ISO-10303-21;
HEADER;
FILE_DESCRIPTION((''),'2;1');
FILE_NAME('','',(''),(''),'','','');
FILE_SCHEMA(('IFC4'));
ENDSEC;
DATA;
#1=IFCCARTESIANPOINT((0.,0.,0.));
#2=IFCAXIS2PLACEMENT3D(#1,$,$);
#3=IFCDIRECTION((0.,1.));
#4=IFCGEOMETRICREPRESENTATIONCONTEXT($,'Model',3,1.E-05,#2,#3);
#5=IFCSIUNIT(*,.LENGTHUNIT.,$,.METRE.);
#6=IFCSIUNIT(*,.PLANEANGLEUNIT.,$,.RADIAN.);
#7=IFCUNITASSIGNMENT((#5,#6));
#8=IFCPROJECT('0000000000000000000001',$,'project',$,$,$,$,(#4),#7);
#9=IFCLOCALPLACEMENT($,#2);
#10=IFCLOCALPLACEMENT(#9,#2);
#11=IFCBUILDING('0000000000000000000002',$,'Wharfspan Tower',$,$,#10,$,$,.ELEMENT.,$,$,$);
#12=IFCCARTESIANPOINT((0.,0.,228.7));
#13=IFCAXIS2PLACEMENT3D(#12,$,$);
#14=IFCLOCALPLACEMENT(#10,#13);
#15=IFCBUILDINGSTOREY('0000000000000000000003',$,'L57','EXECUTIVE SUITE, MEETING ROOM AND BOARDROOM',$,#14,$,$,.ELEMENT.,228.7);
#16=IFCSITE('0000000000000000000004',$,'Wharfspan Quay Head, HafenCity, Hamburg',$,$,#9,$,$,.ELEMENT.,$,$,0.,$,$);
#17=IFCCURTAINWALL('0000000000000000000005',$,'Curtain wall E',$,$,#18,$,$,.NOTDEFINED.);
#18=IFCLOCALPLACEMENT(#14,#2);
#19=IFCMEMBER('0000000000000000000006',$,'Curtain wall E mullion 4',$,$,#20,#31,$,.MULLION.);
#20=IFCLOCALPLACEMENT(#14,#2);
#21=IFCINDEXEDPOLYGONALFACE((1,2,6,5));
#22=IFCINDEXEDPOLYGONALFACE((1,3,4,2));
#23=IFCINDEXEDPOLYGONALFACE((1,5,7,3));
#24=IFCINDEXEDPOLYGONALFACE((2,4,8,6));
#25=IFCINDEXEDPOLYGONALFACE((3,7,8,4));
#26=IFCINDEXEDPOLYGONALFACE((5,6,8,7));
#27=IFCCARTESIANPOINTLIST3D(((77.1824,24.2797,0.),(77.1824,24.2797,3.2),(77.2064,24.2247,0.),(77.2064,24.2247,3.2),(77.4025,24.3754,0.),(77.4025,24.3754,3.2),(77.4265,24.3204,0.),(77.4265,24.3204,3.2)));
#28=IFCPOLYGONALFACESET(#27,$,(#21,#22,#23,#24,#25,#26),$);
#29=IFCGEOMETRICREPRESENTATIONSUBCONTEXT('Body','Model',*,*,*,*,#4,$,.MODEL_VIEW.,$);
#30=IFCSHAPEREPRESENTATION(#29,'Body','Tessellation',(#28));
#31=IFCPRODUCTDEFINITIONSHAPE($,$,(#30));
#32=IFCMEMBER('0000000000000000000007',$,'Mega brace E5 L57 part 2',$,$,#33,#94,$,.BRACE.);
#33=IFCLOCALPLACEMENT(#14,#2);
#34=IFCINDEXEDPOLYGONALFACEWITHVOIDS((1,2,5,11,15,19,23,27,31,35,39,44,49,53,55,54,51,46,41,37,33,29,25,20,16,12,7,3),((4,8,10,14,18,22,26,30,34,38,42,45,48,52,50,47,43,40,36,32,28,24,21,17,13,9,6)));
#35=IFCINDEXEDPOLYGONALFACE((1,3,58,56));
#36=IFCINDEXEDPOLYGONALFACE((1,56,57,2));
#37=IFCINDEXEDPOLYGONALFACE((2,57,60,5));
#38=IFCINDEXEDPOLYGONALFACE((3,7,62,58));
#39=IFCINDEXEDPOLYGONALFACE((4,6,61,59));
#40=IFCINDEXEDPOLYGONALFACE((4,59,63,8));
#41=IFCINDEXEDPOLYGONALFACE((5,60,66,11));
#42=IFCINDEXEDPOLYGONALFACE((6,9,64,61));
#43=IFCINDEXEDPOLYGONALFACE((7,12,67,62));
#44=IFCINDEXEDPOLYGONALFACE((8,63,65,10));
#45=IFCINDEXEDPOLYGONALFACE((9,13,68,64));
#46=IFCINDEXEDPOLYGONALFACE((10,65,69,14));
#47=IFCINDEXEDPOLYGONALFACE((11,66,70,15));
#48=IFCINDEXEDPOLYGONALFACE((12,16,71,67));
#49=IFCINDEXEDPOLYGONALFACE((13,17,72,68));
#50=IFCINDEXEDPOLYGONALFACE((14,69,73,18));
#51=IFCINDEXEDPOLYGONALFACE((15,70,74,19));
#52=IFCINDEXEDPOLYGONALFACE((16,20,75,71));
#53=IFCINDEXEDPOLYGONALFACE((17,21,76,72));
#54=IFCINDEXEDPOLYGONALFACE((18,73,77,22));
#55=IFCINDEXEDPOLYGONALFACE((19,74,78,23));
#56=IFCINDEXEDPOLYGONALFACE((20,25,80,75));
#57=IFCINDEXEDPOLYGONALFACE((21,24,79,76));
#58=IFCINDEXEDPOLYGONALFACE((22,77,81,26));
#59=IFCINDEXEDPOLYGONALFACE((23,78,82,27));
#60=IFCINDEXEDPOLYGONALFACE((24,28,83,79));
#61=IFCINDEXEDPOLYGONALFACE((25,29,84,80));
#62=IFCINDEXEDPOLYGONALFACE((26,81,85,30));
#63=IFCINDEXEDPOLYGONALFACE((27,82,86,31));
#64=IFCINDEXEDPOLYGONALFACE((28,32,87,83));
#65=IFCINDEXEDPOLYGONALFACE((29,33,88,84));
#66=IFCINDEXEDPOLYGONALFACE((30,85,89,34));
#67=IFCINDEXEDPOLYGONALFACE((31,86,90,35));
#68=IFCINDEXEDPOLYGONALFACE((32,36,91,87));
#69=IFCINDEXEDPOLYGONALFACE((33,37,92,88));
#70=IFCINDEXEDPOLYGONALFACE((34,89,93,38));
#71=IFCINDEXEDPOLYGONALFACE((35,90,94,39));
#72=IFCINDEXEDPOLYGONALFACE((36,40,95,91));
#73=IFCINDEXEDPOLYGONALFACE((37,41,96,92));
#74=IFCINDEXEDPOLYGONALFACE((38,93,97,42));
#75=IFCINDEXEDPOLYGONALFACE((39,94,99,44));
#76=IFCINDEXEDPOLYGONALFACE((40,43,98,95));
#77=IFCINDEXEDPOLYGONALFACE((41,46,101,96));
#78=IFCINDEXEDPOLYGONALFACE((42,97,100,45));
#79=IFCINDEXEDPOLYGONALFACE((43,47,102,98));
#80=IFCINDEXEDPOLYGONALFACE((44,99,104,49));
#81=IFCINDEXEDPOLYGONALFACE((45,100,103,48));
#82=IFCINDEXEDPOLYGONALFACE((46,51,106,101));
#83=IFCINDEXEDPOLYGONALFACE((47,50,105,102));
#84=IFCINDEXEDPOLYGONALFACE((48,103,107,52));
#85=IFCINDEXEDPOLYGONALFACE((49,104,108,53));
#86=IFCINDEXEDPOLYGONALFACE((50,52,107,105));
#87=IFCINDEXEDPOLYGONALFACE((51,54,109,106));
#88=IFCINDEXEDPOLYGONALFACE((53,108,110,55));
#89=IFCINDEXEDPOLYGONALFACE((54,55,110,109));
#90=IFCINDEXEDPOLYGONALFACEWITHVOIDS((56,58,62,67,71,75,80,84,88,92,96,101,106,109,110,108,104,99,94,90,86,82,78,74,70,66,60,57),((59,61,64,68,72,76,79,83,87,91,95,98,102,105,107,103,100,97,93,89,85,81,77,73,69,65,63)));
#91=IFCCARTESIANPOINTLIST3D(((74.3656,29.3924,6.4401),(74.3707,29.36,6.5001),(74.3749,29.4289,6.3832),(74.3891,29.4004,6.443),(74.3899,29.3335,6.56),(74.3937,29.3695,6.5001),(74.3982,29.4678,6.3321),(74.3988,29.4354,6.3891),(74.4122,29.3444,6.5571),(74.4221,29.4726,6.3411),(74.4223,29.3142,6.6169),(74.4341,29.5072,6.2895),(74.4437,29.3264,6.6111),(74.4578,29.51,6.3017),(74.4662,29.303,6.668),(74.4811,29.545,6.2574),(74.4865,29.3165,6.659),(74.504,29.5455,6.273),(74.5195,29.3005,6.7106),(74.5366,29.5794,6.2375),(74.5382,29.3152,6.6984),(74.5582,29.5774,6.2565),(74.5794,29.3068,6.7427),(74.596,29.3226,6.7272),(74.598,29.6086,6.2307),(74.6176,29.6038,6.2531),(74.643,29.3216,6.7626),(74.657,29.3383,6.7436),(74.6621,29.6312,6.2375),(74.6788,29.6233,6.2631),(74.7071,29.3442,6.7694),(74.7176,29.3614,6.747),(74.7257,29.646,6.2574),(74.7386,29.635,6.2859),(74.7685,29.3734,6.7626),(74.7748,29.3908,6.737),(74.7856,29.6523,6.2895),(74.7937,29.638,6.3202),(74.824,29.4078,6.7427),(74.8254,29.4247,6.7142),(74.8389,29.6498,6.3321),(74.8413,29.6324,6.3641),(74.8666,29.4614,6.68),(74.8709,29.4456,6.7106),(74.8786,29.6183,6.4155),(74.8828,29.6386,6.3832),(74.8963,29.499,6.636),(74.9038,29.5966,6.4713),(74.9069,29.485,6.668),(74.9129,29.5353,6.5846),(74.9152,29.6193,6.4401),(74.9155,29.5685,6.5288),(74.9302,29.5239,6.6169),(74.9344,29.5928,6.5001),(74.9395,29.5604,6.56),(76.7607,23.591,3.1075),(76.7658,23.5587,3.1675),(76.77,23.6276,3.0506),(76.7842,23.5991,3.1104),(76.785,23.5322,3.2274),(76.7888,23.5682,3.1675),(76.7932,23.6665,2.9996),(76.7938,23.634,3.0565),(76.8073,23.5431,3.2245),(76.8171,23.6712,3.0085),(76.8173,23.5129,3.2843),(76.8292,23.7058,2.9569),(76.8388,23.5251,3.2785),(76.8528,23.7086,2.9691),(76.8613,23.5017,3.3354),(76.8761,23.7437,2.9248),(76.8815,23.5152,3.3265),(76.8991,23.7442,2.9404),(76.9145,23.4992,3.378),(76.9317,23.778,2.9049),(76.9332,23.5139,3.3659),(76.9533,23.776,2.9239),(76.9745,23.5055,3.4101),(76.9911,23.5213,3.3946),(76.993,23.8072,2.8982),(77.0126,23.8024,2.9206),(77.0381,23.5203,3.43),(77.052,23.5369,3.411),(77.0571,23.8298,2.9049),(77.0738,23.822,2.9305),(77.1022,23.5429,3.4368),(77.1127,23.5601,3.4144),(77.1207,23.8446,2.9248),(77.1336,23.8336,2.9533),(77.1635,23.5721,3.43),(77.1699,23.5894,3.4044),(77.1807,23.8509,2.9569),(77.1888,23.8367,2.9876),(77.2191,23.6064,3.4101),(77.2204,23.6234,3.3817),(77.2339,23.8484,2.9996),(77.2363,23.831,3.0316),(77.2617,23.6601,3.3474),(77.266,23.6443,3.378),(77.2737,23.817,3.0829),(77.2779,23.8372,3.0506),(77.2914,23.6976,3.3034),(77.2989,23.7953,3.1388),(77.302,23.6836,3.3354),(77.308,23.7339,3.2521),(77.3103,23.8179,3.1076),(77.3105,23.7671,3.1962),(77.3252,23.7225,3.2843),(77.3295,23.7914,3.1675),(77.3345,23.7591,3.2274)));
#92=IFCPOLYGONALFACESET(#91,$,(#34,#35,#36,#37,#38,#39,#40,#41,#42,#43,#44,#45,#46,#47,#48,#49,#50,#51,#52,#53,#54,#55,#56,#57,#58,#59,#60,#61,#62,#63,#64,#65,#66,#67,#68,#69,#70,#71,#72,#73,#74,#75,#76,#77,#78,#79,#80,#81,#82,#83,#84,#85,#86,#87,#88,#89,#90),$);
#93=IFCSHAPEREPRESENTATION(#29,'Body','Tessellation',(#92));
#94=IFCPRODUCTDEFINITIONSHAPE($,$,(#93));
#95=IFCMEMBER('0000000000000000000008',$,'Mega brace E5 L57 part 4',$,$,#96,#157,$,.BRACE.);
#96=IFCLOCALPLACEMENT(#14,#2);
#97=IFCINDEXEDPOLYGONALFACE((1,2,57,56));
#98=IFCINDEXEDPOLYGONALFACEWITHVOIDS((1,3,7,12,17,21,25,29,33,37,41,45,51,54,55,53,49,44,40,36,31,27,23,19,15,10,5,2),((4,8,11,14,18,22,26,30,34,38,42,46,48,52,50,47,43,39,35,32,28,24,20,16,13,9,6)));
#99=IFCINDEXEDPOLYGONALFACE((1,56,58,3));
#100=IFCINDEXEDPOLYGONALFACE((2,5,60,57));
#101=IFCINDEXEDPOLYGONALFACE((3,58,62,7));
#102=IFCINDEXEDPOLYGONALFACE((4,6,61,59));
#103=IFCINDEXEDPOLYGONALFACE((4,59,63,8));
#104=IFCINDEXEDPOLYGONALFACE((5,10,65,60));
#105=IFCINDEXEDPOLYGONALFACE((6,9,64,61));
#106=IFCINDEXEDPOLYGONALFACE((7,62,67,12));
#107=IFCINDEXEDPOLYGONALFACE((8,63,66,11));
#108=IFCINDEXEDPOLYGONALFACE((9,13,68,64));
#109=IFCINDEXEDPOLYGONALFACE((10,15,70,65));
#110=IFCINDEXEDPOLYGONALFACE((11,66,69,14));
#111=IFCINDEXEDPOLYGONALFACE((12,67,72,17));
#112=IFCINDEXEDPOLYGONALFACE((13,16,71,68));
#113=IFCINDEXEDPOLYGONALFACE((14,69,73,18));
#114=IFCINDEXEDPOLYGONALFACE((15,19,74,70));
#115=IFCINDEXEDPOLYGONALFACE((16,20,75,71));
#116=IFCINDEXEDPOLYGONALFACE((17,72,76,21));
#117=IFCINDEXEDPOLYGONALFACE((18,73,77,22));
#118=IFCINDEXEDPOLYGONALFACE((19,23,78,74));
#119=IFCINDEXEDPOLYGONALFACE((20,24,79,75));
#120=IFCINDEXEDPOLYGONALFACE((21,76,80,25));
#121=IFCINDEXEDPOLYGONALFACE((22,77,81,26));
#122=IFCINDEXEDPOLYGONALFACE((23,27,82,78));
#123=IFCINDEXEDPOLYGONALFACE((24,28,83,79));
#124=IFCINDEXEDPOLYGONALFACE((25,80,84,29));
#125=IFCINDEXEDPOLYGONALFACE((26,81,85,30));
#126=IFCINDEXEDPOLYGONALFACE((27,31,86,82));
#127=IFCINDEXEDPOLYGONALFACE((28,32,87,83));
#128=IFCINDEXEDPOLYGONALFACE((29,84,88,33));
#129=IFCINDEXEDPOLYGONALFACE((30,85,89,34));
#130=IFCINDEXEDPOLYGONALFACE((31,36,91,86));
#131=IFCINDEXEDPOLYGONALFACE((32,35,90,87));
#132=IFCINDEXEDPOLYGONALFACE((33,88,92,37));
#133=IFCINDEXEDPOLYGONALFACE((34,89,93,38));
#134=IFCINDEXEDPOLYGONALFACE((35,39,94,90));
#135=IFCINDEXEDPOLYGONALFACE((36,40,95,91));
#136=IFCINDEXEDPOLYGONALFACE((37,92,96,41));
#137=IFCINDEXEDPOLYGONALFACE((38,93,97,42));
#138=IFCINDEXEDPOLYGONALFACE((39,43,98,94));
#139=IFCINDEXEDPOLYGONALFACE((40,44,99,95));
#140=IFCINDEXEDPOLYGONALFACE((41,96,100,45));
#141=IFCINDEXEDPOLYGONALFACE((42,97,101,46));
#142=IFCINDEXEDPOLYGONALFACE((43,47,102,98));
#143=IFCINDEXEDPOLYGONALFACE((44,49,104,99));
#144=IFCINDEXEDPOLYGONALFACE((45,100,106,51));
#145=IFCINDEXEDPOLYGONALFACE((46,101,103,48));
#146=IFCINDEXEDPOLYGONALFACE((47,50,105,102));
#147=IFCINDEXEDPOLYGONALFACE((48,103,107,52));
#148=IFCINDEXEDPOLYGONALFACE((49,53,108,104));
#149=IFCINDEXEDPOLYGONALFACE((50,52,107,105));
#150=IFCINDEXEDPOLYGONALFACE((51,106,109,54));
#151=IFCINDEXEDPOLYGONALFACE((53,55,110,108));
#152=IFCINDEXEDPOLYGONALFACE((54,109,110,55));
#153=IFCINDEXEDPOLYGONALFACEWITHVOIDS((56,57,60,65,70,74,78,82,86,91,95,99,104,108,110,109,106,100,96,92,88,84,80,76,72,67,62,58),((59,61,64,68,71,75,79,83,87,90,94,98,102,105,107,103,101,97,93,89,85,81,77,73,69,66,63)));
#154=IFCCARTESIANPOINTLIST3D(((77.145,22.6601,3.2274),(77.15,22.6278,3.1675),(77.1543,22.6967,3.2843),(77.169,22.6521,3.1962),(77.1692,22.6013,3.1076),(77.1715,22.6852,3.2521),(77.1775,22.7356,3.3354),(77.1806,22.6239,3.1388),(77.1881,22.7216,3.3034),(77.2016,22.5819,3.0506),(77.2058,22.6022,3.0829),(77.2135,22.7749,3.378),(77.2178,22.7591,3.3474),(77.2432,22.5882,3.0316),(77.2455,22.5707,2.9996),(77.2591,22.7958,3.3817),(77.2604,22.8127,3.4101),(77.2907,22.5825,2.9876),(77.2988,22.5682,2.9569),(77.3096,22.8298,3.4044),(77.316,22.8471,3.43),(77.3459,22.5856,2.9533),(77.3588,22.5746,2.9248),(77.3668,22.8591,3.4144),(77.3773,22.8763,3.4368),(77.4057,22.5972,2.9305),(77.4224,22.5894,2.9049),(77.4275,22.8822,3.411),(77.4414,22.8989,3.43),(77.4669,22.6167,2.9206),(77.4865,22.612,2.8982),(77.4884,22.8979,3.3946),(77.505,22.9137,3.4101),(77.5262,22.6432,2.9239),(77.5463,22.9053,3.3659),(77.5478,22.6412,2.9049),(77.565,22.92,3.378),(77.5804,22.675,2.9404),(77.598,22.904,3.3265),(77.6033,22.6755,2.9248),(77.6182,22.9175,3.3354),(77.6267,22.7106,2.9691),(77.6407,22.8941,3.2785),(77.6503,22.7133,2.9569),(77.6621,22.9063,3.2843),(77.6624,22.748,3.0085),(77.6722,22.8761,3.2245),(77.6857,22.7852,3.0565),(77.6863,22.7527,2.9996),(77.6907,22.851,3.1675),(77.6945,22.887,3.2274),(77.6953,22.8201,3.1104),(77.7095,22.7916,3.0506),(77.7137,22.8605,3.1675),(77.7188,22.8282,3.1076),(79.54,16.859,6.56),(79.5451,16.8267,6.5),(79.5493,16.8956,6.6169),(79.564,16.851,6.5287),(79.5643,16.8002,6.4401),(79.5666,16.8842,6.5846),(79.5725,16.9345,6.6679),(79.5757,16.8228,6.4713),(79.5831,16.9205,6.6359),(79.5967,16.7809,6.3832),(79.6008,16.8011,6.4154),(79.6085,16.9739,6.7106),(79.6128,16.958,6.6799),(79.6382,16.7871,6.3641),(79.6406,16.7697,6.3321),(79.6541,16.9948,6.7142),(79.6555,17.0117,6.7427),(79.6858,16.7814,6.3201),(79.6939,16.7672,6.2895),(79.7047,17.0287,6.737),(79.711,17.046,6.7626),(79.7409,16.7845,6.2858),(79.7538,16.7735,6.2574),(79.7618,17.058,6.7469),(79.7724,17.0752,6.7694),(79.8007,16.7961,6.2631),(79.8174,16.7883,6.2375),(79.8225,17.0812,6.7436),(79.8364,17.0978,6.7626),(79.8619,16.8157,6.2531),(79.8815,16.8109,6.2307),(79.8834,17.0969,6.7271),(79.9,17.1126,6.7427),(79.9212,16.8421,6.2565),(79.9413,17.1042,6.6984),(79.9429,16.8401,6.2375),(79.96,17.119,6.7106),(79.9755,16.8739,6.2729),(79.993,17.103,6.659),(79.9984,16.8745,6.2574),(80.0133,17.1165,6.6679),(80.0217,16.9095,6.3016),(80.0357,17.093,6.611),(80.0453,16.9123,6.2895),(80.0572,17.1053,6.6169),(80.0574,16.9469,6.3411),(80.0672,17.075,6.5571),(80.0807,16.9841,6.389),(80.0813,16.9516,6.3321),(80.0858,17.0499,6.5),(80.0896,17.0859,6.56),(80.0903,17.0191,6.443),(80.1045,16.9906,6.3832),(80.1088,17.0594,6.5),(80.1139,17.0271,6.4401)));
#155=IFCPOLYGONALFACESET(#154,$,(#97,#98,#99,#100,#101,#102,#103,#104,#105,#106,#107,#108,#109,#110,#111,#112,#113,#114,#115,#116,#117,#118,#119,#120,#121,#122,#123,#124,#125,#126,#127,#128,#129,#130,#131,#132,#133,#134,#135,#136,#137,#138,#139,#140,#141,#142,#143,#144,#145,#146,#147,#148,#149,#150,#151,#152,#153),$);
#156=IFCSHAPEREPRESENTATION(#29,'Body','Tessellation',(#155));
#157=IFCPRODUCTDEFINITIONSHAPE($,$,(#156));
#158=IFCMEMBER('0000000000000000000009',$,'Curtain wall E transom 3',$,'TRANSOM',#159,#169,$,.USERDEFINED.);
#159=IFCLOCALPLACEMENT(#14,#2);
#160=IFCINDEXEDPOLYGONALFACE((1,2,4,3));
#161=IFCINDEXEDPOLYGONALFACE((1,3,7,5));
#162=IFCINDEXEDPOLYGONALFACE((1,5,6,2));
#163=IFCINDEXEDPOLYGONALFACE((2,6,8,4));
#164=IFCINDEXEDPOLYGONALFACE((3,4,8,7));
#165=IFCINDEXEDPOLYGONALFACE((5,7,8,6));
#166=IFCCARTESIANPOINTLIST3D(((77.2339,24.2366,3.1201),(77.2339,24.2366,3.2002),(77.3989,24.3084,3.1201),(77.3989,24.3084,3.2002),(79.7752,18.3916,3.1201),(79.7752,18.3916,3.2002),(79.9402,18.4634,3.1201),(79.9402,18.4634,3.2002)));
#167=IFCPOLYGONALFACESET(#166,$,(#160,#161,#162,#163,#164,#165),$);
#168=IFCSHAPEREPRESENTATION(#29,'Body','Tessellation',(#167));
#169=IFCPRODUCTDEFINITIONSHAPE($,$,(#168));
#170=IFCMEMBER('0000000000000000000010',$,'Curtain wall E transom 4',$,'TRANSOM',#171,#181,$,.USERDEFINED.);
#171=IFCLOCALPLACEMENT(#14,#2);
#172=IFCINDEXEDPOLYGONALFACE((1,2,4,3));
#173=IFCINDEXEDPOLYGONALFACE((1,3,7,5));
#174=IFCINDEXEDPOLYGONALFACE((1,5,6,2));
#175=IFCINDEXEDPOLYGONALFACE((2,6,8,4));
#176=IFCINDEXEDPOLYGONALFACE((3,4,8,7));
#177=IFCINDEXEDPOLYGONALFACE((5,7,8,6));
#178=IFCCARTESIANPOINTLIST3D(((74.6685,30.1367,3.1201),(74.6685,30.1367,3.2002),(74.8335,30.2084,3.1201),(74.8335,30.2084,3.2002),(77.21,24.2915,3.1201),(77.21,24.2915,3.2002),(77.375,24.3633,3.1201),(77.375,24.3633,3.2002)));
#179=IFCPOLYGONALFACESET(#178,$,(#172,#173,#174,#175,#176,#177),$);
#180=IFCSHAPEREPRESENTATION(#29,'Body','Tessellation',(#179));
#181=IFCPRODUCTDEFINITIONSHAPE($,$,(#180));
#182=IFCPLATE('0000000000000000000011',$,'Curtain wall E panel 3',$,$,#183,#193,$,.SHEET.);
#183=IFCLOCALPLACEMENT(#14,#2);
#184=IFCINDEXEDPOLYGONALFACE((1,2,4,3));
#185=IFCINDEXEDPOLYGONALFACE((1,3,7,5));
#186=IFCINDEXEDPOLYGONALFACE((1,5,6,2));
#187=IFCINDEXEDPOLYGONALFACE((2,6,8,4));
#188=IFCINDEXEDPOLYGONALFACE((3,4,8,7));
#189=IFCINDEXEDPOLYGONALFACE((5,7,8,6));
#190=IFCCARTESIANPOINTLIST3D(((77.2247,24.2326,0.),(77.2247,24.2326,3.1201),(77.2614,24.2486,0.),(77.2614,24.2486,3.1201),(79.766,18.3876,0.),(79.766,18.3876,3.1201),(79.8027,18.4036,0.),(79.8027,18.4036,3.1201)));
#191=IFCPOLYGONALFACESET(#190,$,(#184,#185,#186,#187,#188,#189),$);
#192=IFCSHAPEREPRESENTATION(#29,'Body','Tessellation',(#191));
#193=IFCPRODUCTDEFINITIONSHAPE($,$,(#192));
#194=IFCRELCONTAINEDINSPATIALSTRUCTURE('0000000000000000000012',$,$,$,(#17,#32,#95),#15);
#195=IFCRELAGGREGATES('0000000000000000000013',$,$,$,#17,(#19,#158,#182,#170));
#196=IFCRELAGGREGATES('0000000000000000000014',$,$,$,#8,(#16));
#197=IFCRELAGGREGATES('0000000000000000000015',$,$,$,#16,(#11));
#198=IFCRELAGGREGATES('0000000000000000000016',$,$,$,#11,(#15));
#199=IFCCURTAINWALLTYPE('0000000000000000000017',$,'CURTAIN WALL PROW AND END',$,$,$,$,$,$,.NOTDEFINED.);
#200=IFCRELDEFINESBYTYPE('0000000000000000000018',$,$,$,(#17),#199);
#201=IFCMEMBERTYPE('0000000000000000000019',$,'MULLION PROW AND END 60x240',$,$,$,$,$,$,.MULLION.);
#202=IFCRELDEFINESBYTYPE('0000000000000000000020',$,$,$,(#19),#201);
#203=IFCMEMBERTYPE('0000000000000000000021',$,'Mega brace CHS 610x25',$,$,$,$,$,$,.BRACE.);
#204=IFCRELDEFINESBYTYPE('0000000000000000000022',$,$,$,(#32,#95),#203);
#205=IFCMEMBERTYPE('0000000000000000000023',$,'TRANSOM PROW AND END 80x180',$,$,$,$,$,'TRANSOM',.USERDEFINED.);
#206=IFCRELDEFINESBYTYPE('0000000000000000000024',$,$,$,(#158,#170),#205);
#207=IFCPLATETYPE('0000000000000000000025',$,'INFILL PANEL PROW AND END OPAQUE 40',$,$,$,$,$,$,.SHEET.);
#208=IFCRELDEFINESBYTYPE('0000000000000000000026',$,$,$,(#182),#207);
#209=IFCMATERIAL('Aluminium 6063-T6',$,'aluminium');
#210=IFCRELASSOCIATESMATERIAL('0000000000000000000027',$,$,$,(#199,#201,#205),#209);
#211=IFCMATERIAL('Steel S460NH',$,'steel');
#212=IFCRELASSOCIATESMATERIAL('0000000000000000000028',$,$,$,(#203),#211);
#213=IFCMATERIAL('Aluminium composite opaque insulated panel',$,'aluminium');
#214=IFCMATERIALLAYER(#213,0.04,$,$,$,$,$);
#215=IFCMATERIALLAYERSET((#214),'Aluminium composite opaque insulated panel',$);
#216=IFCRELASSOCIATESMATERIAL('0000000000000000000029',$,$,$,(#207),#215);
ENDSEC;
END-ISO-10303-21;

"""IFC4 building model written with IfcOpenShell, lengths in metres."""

from ifc_helpers import new_model, si_unit, direction, frame, origin, origin_2d, place, context, subcontext, project, spatial, rectangle, hollow_circle, extrude, material, layer, layer_set, material_profile, profile_set, type_object, element, aggregate, save


model = new_model("IFC4")

# Units and contexts
model_context = context("Model", 3, precision=1e-05, world=origin(), true_north=direction((0.0, 1.0)))
body_context = subcontext(model_context, "Body", "Model", "MODEL_VIEW")
ifc_project = project(units=[si_unit("LENGTHUNIT", "METRE"), si_unit("PLANEANGLEUNIT", "RADIAN")], contexts=[model_context])

# Site, building, storey
site_placement = place(None, origin())
site = spatial("IfcSite", under=ifc_project, at=site_placement, Name="Wharfspan Quay Head, HafenCity, Hamburg", CompositionType="ELEMENT", RefElevation=0.0)
building_placement = place(site_placement, origin())
building = spatial("IfcBuilding", under=site, at=building_placement, Name="Wharfspan Tower", CompositionType="ELEMENT")
storey_placement = place(building_placement, frame((0.0, 0.0, 228.7)))
storey = spatial("IfcBuildingStorey", under=building, at=storey_placement, Name="L57", Description="EXECUTIVE SUITE, MEETING ROOM AND BOARDROOM", CompositionType="ELEMENT", Elevation=228.7)

# Curtain wall, member
ifc_material_1 = material(Name="Aluminium 6063-T6", Category="aluminium")
curtain_wall_type = type_object("IfcCurtainWallType", Name="CURTAIN WALL PROW AND END", PredefinedType="NOTDEFINED", material=ifc_material_1)
curtain_wall_placement = place(storey_placement, origin())
curtain_wall = element("IfcCurtainWall", 1, at=curtain_wall_placement, inside=storey, type_object=curtain_wall_type, Name="Curtain wall E", PredefinedType="NOTDEFINED")
ifc_material_profile_1 = material_profile(ifc_material_1, rectangle(XDim=0.24, YDim=0.0601, at=origin_2d()))
ifc_profile_set_1 = profile_set([ifc_material_profile_1], Name="Aluminium 6063-T6")
member_type_1 = type_object("IfcMemberType", Name="MULLION PROW AND END 60x240", PredefinedType="MULLION", material=ifc_profile_set_1)
member_1_placement = place(storey_placement, frame((77.3044, 24.3, 0.0), z_axis=(0.0, 0.0, 1.0), x_axis=(-0.917072, -0.398727, 0.0)))
member_1 = element("IfcMember", 2, at=member_1_placement, type_object=member_type_1, Name="Curtain wall E mullion 4", PredefinedType="MULLION", context=body_context, shape_type="SweptSolid", body=[
    extrude(rectangle(XDim=0.24, YDim=0.0601, at=origin_2d()), origin(), (0.0, 0.0, 1.0), 3.2),
])

# Members
ifc_material_2 = material(Name="Steel S460NH", Category="steel")
ifc_material_profile_2 = material_profile(ifc_material_2, hollow_circle(Radius=0.3049, WallThickness=0.0249, at=origin_2d()))
ifc_profile_set_2 = profile_set([ifc_material_profile_2], Name="Steel S460NH")
member_type_2 = type_object("IfcMemberType", Name="Mega brace CHS 610x25", PredefinedType="BRACE", material=ifc_profile_set_2)
member_2_placement = place(storey_placement, frame((77.0476, 23.675, 3.1675), z_axis=(-0.337038, 0.81638, 0.468967), x_axis=(-0.924329, -0.381603, -0.000002)))
element("IfcMember", 3, at=member_2_placement, inside=storey, type_object=member_type_2, Name="Mega brace E5 L57 part 2", PredefinedType="BRACE", context=body_context, shape_type="SweptSolid", body=[
    extrude(hollow_circle(Radius=0.3049, WallThickness=0.0249, at=origin_2d()), origin(), (0.0, 0.0, 1.0), 7.1062),
])
member_3_placement = place(storey_placement, frame((77.4319, 22.7441, 3.1675), z_axis=(0.337047, -0.816368, 0.46898), x_axis=(0.924317, 0.381615, 0.0)))
element("IfcMember", 4, at=member_3_placement, inside=storey, type_object=member_type_2, Name="Mega brace E5 L57 part 4", PredefinedType="BRACE", context=body_context, shape_type="SweptSolid", body=[
    extrude(hollow_circle(Radius=0.3049, WallThickness=0.0249, at=origin_2d()), origin(), (0.0, 0.0, 1.0), 7.106),
])

# Members
ifc_material_profile_3 = material_profile(ifc_material_1, rectangle(XDim=0.1799, YDim=0.0801, at=origin_2d()))
ifc_profile_set_3 = profile_set([ifc_material_profile_3], Name="Aluminium 6063-T6")
member_type_3 = type_object("IfcMemberType", Name="TRANSOM PROW AND END 80x180", ElementType="TRANSOM", PredefinedType="USERDEFINED", material=ifc_profile_set_3)
member_4_placement = place(storey_placement, frame((79.8577, 18.4275, 3.1602), z_axis=(-0.398722, 0.917072, 0.0), x_axis=(-0.917072, -0.398722, 0.0)))
member_4 = element("IfcMember", 5, at=member_4_placement, type_object=member_type_3, Name="Curtain wall E transom 3", ObjectType="TRANSOM", PredefinedType="USERDEFINED", context=body_context, shape_type="SweptSolid", body=[
    extrude(rectangle(XDim=0.1799, YDim=0.0801, at=origin_2d()), origin(), (0.0, 0.0, 1.0), 6.3735),
])
member_5_placement = place(storey_placement, frame((77.2925, 24.3274, 3.1602), z_axis=(-0.39874, 0.917064, 0.0), x_axis=(-0.917064, -0.39874, 0.0)))
member_5 = element("IfcMember", 6, at=member_5_placement, type_object=member_type_3, Name="Curtain wall E transom 4", ObjectType="TRANSOM", PredefinedType="USERDEFINED", context=body_context, shape_type="SweptSolid", body=[
    extrude(rectangle(XDim=0.1799, YDim=0.0801, at=origin_2d()), origin(), (0.0, 0.0, 1.0), 6.3738),
])

# Plate
ifc_material_3 = material(Name="Aluminium composite opaque insulated panel", Category="aluminium")
ifc_layer_1 = layer(ifc_material_3, 0.04)
ifc_layer_set_1 = layer_set([ifc_layer_1], Name="Aluminium composite opaque insulated panel")
plate_type = type_object("IfcPlateType", Name="INFILL PANEL PROW AND END OPAQUE 40", PredefinedType="SHEET", material=ifc_layer_set_1)
plate_placement = place(storey_placement, frame((78.5137, 21.3181, 0.0), z_axis=(0.0, 0.0, 1.0), x_axis=(-0.398727, 0.917072, 0.0)))
plate = element("IfcPlate", 7, at=plate_placement, type_object=plate_type, Name="Curtain wall E panel 3", PredefinedType="SHEET", context=body_context, shape_type="SweptSolid", body=[
    extrude(rectangle(XDim=6.3735, YDim=0.04, at=origin_2d()), origin(), (0.0, 0.0, 1.0), 3.1201),
])
aggregate(curtain_wall, [member_1, member_4, plate, member_5])

save(model, "model.ifc")
